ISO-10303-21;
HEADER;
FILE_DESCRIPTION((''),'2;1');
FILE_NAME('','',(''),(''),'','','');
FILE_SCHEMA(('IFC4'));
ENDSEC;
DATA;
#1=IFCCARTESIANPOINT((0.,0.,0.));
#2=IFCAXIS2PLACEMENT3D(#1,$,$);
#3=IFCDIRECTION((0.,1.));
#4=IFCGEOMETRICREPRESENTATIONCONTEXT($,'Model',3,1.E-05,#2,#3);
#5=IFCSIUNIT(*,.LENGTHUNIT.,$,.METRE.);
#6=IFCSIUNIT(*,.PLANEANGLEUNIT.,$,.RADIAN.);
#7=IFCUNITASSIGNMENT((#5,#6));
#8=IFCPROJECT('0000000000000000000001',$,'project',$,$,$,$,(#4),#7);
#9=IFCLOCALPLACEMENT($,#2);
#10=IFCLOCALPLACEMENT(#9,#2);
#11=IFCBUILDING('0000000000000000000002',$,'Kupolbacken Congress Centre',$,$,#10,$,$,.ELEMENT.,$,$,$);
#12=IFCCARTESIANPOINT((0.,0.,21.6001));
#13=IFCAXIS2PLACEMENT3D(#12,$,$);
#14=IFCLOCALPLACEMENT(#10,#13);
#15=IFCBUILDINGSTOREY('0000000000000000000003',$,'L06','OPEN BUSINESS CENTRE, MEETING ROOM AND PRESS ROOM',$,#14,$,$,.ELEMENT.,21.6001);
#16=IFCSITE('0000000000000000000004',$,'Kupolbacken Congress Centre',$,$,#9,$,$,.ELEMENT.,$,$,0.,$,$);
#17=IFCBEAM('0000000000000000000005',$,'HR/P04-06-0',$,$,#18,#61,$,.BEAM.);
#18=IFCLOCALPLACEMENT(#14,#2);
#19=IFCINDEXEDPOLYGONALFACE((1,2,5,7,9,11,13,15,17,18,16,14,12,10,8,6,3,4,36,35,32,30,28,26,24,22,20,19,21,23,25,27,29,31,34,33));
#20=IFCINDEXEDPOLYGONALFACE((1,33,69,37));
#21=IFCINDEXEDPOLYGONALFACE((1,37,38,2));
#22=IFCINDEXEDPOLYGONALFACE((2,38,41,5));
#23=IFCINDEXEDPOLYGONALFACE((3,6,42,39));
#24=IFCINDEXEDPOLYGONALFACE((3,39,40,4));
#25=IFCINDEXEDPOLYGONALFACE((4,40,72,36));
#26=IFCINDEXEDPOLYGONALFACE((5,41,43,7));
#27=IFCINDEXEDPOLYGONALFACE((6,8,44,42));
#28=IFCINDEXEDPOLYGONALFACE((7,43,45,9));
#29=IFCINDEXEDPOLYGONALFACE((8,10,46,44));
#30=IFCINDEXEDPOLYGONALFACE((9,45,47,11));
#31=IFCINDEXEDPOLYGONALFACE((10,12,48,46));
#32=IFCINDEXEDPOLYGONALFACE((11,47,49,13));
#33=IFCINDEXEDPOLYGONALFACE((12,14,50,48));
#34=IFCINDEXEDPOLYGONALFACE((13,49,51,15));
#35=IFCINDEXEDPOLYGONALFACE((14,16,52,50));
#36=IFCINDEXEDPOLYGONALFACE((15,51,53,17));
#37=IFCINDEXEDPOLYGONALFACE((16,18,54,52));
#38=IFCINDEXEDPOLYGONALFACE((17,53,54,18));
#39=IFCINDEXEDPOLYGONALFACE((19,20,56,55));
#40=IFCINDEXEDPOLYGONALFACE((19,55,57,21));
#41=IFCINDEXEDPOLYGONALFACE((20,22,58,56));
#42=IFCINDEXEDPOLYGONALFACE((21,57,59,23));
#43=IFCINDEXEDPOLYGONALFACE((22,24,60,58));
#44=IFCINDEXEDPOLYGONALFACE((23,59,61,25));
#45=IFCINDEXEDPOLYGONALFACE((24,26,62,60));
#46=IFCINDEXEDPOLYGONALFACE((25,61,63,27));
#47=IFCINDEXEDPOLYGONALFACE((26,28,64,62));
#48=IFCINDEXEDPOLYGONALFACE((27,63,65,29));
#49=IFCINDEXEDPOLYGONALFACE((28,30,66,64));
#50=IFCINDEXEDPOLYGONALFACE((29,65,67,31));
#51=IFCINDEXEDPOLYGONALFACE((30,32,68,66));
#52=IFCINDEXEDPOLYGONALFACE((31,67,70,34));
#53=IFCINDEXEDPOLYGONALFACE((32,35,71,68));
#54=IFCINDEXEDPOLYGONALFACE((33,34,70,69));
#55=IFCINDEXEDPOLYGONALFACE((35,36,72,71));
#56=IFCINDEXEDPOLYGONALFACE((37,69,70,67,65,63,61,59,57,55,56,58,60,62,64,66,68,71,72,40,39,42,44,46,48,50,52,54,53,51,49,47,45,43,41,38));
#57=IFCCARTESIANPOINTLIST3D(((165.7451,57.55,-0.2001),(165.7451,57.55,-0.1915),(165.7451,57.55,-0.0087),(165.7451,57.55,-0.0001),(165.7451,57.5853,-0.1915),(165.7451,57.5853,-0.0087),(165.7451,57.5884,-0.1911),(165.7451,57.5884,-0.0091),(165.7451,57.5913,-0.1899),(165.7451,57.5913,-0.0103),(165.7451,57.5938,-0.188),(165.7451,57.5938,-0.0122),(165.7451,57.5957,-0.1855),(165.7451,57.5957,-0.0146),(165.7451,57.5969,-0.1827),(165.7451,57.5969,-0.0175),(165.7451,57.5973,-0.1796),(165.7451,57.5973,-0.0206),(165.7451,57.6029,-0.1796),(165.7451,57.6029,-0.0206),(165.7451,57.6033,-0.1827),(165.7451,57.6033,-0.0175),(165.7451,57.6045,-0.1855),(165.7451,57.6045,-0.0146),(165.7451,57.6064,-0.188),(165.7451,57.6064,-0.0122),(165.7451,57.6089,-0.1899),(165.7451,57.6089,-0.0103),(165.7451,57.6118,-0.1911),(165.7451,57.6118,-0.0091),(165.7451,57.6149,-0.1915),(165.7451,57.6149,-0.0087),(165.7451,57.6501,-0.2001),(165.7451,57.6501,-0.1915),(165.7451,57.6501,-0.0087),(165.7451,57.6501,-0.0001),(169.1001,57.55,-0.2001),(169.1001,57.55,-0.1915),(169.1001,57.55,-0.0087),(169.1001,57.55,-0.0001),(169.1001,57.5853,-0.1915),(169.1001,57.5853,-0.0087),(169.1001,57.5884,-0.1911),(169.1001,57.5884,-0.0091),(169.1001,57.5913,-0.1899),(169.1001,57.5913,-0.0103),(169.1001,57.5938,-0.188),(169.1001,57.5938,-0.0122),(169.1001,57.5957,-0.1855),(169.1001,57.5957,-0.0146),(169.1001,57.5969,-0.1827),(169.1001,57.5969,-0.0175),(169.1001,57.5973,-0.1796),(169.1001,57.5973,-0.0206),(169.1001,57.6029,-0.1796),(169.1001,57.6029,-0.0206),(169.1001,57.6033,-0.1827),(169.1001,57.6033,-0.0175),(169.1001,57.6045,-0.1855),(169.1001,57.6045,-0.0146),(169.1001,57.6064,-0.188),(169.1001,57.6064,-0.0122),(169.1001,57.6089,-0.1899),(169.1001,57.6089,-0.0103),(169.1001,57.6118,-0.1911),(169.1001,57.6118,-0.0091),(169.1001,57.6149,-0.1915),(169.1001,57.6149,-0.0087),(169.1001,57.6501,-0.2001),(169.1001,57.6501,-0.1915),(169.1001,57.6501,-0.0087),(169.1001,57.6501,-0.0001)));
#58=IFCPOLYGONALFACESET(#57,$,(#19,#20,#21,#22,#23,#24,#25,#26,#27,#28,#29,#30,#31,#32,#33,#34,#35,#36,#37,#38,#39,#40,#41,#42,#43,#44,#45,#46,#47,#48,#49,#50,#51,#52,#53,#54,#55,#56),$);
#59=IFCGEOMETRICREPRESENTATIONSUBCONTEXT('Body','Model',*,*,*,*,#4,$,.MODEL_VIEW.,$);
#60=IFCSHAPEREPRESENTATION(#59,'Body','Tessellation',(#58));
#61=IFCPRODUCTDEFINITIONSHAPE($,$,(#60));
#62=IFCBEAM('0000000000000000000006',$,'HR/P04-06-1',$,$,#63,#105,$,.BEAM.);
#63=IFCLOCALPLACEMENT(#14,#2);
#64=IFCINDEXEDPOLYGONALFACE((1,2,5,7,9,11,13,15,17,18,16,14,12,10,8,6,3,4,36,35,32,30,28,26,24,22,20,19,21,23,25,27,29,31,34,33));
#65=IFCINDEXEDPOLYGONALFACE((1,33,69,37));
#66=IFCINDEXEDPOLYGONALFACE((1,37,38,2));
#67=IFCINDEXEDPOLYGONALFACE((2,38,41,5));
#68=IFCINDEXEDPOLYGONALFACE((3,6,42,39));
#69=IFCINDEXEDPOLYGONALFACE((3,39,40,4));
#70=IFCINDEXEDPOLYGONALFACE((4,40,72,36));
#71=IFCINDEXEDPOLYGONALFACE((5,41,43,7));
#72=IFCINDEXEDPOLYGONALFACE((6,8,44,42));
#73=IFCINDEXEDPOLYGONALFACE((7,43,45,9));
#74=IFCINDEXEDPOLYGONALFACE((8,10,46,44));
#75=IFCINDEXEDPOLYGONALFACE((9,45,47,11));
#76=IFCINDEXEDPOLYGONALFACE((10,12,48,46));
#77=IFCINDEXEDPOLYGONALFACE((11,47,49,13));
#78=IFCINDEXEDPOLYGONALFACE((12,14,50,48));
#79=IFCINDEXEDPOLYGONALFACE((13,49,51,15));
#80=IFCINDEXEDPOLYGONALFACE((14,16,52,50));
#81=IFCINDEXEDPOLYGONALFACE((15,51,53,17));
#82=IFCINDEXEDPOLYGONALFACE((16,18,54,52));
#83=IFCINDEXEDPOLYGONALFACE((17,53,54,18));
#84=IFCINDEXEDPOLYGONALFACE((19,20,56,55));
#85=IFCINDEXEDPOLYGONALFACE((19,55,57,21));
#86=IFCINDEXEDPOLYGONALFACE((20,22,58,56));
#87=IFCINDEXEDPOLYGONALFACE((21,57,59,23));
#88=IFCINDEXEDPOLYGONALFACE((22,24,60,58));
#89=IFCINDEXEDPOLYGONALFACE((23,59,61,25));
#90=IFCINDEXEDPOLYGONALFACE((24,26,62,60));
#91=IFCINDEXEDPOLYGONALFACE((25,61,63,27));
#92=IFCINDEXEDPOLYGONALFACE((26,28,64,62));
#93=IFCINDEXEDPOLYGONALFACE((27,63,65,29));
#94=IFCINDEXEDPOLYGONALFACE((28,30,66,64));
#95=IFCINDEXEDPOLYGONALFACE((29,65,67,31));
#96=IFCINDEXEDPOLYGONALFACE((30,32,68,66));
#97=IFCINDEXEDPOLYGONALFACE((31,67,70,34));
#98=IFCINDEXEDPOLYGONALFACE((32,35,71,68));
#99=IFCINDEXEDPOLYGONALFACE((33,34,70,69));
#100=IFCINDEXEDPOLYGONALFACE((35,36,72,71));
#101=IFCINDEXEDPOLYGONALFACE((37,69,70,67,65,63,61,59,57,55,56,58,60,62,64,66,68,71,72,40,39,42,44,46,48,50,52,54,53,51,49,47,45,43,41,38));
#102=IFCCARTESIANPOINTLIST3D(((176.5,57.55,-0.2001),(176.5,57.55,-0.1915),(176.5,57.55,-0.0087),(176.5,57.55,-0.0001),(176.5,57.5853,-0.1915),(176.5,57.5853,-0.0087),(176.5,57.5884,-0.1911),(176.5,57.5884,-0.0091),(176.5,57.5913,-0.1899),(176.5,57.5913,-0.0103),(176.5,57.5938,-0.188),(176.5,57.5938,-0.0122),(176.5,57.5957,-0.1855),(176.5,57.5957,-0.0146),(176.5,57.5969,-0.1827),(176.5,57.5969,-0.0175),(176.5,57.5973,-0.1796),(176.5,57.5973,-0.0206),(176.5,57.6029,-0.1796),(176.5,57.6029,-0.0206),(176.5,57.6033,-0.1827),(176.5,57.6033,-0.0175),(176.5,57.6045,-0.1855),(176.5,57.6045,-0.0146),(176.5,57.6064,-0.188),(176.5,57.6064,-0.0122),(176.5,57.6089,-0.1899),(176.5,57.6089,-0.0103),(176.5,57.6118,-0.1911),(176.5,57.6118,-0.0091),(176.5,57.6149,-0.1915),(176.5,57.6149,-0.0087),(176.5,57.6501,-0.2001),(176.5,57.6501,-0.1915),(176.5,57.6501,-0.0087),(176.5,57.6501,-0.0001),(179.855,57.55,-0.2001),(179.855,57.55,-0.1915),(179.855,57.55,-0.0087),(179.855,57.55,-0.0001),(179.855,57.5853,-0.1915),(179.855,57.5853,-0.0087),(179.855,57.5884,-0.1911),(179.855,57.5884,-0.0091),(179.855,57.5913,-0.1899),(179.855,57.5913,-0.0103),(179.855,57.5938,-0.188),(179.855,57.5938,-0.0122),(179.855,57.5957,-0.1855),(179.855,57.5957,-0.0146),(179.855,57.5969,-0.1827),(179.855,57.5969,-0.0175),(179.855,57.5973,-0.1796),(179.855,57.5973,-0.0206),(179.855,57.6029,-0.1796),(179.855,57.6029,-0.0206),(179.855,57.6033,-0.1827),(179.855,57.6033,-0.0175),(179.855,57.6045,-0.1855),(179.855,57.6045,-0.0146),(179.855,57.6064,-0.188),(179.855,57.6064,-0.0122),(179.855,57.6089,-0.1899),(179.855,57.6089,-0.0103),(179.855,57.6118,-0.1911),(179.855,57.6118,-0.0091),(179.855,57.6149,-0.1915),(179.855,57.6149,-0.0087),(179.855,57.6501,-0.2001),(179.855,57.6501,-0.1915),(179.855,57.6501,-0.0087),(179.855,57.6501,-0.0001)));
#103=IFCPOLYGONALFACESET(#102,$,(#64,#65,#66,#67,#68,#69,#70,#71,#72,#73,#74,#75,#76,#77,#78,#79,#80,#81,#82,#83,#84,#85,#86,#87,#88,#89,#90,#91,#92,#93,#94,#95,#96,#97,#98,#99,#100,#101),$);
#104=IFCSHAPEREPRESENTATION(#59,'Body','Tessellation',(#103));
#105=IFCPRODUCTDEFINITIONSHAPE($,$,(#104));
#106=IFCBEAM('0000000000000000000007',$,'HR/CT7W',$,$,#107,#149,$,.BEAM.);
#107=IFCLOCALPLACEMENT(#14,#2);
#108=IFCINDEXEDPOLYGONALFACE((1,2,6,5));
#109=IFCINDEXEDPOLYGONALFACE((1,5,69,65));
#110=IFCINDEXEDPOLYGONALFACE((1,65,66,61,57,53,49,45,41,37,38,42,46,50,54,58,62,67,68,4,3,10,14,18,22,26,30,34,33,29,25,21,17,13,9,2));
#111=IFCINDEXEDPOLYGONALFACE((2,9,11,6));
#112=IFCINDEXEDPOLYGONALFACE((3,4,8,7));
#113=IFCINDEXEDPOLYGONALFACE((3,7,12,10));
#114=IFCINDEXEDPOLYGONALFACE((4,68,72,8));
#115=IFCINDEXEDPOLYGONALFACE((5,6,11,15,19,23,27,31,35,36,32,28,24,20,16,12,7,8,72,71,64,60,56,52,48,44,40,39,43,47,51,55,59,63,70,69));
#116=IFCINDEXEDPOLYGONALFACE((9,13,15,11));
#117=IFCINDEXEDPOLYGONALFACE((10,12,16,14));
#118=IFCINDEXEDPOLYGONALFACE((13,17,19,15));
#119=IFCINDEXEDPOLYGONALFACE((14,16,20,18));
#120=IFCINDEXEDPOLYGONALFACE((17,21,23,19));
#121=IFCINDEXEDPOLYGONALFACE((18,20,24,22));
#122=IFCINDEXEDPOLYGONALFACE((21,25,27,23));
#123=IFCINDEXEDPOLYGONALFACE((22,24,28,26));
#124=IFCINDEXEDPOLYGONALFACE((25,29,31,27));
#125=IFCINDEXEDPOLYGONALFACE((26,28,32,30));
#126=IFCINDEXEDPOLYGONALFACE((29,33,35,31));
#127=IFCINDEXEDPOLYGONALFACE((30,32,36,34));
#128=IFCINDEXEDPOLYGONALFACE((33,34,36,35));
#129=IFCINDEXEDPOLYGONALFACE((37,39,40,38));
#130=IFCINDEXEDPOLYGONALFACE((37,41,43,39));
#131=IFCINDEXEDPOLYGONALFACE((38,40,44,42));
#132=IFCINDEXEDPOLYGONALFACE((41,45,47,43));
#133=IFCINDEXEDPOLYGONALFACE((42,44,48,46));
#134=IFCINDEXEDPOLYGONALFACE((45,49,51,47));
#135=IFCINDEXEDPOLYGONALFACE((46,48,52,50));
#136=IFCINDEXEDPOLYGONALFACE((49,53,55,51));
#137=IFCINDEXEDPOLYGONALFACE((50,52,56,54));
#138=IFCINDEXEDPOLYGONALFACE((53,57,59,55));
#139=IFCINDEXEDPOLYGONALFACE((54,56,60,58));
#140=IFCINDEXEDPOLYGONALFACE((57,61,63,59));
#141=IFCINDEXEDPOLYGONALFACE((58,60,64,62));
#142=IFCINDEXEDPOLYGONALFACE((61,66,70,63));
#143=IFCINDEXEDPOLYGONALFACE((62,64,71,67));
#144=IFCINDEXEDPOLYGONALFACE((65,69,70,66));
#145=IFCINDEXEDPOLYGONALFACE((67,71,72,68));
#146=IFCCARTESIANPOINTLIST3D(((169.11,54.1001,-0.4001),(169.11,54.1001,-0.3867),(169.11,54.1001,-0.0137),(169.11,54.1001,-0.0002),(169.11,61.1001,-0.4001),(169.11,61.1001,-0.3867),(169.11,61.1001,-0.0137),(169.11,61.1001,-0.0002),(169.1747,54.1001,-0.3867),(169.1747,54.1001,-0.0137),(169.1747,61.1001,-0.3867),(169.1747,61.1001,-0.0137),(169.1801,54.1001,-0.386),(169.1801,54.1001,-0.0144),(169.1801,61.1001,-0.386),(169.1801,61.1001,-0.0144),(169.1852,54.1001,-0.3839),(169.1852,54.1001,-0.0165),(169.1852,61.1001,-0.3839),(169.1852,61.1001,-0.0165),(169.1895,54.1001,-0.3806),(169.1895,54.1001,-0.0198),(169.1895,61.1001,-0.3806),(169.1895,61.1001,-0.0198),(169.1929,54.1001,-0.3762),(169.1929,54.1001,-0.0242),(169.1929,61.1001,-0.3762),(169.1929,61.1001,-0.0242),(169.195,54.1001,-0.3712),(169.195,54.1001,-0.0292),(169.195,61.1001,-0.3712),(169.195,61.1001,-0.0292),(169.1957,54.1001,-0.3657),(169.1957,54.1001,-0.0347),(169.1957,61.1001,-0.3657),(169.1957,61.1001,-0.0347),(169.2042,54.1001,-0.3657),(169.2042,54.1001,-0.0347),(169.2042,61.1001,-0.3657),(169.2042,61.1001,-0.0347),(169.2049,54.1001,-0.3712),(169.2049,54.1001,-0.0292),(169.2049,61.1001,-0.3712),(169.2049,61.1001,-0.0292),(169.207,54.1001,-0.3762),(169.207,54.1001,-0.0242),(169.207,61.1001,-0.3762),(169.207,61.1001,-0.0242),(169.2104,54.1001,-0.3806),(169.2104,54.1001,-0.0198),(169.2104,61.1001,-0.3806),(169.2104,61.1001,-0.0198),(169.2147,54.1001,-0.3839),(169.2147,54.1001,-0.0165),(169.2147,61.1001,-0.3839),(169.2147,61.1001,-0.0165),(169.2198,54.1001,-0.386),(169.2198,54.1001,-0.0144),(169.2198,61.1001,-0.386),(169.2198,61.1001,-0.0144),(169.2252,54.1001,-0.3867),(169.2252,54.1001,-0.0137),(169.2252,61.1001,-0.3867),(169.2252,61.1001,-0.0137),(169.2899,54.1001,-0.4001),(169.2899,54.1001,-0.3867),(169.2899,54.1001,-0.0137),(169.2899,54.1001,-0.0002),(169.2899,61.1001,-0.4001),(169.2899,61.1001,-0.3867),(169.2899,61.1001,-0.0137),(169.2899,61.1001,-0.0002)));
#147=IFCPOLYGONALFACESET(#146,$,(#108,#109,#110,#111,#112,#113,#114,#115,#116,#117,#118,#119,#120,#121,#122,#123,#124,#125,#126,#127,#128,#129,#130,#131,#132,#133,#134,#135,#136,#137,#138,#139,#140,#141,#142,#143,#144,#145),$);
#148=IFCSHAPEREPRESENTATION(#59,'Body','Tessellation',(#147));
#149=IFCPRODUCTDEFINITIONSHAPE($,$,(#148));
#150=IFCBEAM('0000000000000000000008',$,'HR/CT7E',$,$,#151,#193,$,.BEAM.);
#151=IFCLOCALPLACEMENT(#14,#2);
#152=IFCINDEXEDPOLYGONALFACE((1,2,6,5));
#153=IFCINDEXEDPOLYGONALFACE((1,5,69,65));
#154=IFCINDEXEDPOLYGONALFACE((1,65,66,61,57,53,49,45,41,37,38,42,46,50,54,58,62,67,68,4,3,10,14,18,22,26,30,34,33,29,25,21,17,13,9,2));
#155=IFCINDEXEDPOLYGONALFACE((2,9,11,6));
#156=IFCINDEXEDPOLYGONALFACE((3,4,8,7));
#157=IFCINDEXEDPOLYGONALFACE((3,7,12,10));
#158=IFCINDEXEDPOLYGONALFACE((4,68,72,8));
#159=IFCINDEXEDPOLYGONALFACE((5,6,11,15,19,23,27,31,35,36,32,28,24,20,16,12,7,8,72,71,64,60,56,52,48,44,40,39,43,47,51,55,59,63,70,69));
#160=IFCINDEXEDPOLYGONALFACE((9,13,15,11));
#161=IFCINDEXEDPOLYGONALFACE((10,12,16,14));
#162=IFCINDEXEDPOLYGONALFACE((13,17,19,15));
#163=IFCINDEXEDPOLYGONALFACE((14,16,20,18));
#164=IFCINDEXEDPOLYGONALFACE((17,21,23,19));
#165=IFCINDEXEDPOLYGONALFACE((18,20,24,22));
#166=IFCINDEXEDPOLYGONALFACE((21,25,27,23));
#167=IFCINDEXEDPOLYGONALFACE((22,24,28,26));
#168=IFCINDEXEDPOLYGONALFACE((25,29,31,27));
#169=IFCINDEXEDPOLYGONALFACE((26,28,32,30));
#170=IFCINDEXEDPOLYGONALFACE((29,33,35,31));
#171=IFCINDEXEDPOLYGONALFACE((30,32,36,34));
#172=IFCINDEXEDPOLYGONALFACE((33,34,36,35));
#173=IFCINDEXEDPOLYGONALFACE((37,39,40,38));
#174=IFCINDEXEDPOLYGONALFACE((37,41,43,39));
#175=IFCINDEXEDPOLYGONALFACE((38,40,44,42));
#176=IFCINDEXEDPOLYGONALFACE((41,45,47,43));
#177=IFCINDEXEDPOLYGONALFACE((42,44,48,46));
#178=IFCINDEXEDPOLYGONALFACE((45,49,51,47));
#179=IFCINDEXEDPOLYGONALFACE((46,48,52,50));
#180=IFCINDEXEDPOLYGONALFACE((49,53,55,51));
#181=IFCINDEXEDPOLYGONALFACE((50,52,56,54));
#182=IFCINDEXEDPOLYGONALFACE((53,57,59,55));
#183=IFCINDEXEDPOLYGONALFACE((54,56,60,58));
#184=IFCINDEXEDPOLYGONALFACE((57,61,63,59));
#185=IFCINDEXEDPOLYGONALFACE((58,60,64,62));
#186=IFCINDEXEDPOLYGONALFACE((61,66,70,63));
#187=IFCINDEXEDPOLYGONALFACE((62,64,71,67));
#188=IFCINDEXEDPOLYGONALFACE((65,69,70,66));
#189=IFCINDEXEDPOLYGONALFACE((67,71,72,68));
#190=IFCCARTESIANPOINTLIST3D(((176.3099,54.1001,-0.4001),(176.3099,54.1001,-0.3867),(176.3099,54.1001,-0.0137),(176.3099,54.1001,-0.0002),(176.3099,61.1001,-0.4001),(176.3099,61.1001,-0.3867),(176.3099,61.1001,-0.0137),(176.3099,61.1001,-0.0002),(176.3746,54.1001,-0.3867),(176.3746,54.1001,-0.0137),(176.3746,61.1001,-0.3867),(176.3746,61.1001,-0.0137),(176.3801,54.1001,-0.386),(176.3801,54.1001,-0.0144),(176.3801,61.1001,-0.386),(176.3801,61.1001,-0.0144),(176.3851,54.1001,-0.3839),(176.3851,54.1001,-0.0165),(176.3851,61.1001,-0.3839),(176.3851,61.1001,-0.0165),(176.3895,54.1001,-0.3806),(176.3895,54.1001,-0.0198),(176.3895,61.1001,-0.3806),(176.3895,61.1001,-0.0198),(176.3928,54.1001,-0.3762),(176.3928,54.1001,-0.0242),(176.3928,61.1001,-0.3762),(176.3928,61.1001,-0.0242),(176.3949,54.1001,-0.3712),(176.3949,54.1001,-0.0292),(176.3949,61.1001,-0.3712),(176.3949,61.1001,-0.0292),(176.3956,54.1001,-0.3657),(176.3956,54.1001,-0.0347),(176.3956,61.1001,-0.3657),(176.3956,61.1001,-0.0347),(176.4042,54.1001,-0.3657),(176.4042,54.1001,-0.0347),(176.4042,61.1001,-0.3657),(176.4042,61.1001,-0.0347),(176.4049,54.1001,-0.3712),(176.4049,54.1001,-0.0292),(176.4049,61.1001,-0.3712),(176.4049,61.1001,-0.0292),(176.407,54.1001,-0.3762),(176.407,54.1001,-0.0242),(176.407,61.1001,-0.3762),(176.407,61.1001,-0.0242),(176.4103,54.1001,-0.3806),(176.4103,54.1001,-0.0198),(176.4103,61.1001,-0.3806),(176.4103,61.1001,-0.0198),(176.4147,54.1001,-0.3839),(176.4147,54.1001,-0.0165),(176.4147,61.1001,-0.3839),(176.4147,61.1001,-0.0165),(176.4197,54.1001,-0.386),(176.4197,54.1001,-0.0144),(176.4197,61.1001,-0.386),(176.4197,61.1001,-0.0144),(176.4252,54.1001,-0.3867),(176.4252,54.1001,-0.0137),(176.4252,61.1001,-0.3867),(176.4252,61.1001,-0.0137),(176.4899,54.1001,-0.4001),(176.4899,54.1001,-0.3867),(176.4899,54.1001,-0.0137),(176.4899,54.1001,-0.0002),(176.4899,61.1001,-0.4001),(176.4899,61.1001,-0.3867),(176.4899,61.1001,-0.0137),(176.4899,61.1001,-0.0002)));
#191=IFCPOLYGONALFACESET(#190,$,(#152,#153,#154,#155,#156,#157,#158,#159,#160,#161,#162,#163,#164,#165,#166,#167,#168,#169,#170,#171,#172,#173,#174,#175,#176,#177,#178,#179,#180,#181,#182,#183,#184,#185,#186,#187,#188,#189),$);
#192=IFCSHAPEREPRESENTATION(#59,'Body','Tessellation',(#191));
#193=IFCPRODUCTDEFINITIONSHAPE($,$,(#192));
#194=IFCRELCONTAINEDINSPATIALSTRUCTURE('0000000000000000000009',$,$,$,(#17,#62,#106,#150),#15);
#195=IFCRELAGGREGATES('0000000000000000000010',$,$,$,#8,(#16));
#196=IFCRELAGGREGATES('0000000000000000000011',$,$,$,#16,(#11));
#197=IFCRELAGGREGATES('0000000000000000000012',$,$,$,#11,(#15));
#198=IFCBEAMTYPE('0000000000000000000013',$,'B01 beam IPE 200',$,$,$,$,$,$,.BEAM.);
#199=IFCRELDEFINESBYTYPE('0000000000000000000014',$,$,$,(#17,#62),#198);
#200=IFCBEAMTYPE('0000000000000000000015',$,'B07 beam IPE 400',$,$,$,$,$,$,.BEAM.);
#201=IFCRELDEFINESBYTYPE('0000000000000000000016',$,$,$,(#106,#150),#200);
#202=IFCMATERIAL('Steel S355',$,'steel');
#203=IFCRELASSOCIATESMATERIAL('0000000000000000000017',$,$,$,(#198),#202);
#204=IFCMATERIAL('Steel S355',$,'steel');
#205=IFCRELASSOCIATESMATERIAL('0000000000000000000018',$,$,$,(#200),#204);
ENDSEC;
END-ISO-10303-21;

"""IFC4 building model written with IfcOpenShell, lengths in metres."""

from ifc_helpers import new_model, si_unit, direction, frame, origin, origin_2d, place, context, subcontext, project, spatial, i_section, extrude, material, material_profile, profile_set, type_object, element, save


model = new_model("IFC4")

# Units and contexts
model_context = context("Model", 3, precision=1e-05, world=origin(), true_north=direction((0.0, 1.0)))
body_context = subcontext(model_context, "Body", "Model", "MODEL_VIEW")
ifc_project = project(units=[si_unit("LENGTHUNIT", "METRE"), si_unit("PLANEANGLEUNIT", "RADIAN")], contexts=[model_context])

# Site, building, storey
site_placement = place(None, origin())
site = spatial("IfcSite", under=ifc_project, at=site_placement, Name="Kupolbacken Congress Centre", CompositionType="ELEMENT", RefElevation=0.0)
building_placement = place(site_placement, origin())
building = spatial("IfcBuilding", under=site, at=building_placement, Name="Kupolbacken Congress Centre", CompositionType="ELEMENT")
storey_placement = place(building_placement, frame((0.0, 0.0, 21.6001)))
storey = spatial("IfcBuildingStorey", under=building, at=storey_placement, Name="L06", Description="OPEN BUSINESS CENTRE, MEETING ROOM AND PRESS ROOM", CompositionType="ELEMENT", Elevation=21.6001)

# Beams
ifc_material_1 = material(Name="Steel S355", Category="steel")
ifc_material_profile_1 = material_profile(ifc_material_1, i_section(OverallWidth=0.1001, OverallDepth=0.2, WebThickness=0.0056, FlangeThickness=0.0085, FilletRadius=0.012, at=origin_2d()), Name="IPE 200")
ifc_profile_set_1 = profile_set([ifc_material_profile_1], Name="Steel S355")
beam_type_1 = type_object("IfcBeamType", Name="B01 beam IPE 200", PredefinedType="BEAM", material=ifc_profile_set_1)
for number, where, z_axis, x_axis, name in (
    (1, (165.7451, 57.6001, -0.1001), (1.0, 0.0, 0.0), (0.0, 1.0, 0.0), "HR/P04-06-0"),
    (2, (176.5, 57.6001, -0.1001), (1.0, 0.0, 0.0), (0.0, 1.0, 0.0), "HR/P04-06-1"),
):
    element("IfcBeam", number, at=place(storey_placement, frame(where, z_axis=z_axis, x_axis=x_axis)), inside=storey, type_object=beam_type_1, Name=name, PredefinedType="BEAM", context=body_context, shape_type="SweptSolid", body=[
        extrude(i_section(OverallWidth=0.1001, OverallDepth=0.2, WebThickness=0.0056, FlangeThickness=0.0085, FilletRadius=0.012, at=origin_2d()), origin(), (0.0, 0.0, 1.0), 3.355),
    ])
ifc_material_2 = material(Name="Steel S355", Category="steel")
ifc_material_profile_2 = material_profile(ifc_material_2, i_section(OverallWidth=0.1799, OverallDepth=0.3999, WebThickness=0.0085, FlangeThickness=0.0134, FilletRadius=0.021, at=origin_2d()), Name="IPE 400")
ifc_profile_set_2 = profile_set([ifc_material_profile_2], Name="Steel S355")
beam_type_2 = type_object("IfcBeamType", Name="B07 beam IPE 400", PredefinedType="BEAM", material=ifc_profile_set_2)
for number, where, z_axis, x_axis, name in (
    (3, (169.2, 54.1001, -0.2002), (0.0, 1.0, 0.0), (-1.0, 0.0, 0.0), "HR/CT7W"),
    (4, (176.3999, 54.1001, -0.2002), (0.0, 1.0, 0.0), (-1.0, 0.0, 0.0), "HR/CT7E"),
):
    element("IfcBeam", number, at=place(storey_placement, frame(where, z_axis=z_axis, x_axis=x_axis)), inside=storey, type_object=beam_type_2, Name=name, PredefinedType="BEAM", context=body_context, shape_type="SweptSolid", body=[
        extrude(i_section(OverallWidth=0.1799, OverallDepth=0.3999, WebThickness=0.0085, FlangeThickness=0.0134, FilletRadius=0.021, at=origin_2d()), origin(), (0.0, 0.0, 1.0), 7.0),
    ])

save(model, "model.ifc")
